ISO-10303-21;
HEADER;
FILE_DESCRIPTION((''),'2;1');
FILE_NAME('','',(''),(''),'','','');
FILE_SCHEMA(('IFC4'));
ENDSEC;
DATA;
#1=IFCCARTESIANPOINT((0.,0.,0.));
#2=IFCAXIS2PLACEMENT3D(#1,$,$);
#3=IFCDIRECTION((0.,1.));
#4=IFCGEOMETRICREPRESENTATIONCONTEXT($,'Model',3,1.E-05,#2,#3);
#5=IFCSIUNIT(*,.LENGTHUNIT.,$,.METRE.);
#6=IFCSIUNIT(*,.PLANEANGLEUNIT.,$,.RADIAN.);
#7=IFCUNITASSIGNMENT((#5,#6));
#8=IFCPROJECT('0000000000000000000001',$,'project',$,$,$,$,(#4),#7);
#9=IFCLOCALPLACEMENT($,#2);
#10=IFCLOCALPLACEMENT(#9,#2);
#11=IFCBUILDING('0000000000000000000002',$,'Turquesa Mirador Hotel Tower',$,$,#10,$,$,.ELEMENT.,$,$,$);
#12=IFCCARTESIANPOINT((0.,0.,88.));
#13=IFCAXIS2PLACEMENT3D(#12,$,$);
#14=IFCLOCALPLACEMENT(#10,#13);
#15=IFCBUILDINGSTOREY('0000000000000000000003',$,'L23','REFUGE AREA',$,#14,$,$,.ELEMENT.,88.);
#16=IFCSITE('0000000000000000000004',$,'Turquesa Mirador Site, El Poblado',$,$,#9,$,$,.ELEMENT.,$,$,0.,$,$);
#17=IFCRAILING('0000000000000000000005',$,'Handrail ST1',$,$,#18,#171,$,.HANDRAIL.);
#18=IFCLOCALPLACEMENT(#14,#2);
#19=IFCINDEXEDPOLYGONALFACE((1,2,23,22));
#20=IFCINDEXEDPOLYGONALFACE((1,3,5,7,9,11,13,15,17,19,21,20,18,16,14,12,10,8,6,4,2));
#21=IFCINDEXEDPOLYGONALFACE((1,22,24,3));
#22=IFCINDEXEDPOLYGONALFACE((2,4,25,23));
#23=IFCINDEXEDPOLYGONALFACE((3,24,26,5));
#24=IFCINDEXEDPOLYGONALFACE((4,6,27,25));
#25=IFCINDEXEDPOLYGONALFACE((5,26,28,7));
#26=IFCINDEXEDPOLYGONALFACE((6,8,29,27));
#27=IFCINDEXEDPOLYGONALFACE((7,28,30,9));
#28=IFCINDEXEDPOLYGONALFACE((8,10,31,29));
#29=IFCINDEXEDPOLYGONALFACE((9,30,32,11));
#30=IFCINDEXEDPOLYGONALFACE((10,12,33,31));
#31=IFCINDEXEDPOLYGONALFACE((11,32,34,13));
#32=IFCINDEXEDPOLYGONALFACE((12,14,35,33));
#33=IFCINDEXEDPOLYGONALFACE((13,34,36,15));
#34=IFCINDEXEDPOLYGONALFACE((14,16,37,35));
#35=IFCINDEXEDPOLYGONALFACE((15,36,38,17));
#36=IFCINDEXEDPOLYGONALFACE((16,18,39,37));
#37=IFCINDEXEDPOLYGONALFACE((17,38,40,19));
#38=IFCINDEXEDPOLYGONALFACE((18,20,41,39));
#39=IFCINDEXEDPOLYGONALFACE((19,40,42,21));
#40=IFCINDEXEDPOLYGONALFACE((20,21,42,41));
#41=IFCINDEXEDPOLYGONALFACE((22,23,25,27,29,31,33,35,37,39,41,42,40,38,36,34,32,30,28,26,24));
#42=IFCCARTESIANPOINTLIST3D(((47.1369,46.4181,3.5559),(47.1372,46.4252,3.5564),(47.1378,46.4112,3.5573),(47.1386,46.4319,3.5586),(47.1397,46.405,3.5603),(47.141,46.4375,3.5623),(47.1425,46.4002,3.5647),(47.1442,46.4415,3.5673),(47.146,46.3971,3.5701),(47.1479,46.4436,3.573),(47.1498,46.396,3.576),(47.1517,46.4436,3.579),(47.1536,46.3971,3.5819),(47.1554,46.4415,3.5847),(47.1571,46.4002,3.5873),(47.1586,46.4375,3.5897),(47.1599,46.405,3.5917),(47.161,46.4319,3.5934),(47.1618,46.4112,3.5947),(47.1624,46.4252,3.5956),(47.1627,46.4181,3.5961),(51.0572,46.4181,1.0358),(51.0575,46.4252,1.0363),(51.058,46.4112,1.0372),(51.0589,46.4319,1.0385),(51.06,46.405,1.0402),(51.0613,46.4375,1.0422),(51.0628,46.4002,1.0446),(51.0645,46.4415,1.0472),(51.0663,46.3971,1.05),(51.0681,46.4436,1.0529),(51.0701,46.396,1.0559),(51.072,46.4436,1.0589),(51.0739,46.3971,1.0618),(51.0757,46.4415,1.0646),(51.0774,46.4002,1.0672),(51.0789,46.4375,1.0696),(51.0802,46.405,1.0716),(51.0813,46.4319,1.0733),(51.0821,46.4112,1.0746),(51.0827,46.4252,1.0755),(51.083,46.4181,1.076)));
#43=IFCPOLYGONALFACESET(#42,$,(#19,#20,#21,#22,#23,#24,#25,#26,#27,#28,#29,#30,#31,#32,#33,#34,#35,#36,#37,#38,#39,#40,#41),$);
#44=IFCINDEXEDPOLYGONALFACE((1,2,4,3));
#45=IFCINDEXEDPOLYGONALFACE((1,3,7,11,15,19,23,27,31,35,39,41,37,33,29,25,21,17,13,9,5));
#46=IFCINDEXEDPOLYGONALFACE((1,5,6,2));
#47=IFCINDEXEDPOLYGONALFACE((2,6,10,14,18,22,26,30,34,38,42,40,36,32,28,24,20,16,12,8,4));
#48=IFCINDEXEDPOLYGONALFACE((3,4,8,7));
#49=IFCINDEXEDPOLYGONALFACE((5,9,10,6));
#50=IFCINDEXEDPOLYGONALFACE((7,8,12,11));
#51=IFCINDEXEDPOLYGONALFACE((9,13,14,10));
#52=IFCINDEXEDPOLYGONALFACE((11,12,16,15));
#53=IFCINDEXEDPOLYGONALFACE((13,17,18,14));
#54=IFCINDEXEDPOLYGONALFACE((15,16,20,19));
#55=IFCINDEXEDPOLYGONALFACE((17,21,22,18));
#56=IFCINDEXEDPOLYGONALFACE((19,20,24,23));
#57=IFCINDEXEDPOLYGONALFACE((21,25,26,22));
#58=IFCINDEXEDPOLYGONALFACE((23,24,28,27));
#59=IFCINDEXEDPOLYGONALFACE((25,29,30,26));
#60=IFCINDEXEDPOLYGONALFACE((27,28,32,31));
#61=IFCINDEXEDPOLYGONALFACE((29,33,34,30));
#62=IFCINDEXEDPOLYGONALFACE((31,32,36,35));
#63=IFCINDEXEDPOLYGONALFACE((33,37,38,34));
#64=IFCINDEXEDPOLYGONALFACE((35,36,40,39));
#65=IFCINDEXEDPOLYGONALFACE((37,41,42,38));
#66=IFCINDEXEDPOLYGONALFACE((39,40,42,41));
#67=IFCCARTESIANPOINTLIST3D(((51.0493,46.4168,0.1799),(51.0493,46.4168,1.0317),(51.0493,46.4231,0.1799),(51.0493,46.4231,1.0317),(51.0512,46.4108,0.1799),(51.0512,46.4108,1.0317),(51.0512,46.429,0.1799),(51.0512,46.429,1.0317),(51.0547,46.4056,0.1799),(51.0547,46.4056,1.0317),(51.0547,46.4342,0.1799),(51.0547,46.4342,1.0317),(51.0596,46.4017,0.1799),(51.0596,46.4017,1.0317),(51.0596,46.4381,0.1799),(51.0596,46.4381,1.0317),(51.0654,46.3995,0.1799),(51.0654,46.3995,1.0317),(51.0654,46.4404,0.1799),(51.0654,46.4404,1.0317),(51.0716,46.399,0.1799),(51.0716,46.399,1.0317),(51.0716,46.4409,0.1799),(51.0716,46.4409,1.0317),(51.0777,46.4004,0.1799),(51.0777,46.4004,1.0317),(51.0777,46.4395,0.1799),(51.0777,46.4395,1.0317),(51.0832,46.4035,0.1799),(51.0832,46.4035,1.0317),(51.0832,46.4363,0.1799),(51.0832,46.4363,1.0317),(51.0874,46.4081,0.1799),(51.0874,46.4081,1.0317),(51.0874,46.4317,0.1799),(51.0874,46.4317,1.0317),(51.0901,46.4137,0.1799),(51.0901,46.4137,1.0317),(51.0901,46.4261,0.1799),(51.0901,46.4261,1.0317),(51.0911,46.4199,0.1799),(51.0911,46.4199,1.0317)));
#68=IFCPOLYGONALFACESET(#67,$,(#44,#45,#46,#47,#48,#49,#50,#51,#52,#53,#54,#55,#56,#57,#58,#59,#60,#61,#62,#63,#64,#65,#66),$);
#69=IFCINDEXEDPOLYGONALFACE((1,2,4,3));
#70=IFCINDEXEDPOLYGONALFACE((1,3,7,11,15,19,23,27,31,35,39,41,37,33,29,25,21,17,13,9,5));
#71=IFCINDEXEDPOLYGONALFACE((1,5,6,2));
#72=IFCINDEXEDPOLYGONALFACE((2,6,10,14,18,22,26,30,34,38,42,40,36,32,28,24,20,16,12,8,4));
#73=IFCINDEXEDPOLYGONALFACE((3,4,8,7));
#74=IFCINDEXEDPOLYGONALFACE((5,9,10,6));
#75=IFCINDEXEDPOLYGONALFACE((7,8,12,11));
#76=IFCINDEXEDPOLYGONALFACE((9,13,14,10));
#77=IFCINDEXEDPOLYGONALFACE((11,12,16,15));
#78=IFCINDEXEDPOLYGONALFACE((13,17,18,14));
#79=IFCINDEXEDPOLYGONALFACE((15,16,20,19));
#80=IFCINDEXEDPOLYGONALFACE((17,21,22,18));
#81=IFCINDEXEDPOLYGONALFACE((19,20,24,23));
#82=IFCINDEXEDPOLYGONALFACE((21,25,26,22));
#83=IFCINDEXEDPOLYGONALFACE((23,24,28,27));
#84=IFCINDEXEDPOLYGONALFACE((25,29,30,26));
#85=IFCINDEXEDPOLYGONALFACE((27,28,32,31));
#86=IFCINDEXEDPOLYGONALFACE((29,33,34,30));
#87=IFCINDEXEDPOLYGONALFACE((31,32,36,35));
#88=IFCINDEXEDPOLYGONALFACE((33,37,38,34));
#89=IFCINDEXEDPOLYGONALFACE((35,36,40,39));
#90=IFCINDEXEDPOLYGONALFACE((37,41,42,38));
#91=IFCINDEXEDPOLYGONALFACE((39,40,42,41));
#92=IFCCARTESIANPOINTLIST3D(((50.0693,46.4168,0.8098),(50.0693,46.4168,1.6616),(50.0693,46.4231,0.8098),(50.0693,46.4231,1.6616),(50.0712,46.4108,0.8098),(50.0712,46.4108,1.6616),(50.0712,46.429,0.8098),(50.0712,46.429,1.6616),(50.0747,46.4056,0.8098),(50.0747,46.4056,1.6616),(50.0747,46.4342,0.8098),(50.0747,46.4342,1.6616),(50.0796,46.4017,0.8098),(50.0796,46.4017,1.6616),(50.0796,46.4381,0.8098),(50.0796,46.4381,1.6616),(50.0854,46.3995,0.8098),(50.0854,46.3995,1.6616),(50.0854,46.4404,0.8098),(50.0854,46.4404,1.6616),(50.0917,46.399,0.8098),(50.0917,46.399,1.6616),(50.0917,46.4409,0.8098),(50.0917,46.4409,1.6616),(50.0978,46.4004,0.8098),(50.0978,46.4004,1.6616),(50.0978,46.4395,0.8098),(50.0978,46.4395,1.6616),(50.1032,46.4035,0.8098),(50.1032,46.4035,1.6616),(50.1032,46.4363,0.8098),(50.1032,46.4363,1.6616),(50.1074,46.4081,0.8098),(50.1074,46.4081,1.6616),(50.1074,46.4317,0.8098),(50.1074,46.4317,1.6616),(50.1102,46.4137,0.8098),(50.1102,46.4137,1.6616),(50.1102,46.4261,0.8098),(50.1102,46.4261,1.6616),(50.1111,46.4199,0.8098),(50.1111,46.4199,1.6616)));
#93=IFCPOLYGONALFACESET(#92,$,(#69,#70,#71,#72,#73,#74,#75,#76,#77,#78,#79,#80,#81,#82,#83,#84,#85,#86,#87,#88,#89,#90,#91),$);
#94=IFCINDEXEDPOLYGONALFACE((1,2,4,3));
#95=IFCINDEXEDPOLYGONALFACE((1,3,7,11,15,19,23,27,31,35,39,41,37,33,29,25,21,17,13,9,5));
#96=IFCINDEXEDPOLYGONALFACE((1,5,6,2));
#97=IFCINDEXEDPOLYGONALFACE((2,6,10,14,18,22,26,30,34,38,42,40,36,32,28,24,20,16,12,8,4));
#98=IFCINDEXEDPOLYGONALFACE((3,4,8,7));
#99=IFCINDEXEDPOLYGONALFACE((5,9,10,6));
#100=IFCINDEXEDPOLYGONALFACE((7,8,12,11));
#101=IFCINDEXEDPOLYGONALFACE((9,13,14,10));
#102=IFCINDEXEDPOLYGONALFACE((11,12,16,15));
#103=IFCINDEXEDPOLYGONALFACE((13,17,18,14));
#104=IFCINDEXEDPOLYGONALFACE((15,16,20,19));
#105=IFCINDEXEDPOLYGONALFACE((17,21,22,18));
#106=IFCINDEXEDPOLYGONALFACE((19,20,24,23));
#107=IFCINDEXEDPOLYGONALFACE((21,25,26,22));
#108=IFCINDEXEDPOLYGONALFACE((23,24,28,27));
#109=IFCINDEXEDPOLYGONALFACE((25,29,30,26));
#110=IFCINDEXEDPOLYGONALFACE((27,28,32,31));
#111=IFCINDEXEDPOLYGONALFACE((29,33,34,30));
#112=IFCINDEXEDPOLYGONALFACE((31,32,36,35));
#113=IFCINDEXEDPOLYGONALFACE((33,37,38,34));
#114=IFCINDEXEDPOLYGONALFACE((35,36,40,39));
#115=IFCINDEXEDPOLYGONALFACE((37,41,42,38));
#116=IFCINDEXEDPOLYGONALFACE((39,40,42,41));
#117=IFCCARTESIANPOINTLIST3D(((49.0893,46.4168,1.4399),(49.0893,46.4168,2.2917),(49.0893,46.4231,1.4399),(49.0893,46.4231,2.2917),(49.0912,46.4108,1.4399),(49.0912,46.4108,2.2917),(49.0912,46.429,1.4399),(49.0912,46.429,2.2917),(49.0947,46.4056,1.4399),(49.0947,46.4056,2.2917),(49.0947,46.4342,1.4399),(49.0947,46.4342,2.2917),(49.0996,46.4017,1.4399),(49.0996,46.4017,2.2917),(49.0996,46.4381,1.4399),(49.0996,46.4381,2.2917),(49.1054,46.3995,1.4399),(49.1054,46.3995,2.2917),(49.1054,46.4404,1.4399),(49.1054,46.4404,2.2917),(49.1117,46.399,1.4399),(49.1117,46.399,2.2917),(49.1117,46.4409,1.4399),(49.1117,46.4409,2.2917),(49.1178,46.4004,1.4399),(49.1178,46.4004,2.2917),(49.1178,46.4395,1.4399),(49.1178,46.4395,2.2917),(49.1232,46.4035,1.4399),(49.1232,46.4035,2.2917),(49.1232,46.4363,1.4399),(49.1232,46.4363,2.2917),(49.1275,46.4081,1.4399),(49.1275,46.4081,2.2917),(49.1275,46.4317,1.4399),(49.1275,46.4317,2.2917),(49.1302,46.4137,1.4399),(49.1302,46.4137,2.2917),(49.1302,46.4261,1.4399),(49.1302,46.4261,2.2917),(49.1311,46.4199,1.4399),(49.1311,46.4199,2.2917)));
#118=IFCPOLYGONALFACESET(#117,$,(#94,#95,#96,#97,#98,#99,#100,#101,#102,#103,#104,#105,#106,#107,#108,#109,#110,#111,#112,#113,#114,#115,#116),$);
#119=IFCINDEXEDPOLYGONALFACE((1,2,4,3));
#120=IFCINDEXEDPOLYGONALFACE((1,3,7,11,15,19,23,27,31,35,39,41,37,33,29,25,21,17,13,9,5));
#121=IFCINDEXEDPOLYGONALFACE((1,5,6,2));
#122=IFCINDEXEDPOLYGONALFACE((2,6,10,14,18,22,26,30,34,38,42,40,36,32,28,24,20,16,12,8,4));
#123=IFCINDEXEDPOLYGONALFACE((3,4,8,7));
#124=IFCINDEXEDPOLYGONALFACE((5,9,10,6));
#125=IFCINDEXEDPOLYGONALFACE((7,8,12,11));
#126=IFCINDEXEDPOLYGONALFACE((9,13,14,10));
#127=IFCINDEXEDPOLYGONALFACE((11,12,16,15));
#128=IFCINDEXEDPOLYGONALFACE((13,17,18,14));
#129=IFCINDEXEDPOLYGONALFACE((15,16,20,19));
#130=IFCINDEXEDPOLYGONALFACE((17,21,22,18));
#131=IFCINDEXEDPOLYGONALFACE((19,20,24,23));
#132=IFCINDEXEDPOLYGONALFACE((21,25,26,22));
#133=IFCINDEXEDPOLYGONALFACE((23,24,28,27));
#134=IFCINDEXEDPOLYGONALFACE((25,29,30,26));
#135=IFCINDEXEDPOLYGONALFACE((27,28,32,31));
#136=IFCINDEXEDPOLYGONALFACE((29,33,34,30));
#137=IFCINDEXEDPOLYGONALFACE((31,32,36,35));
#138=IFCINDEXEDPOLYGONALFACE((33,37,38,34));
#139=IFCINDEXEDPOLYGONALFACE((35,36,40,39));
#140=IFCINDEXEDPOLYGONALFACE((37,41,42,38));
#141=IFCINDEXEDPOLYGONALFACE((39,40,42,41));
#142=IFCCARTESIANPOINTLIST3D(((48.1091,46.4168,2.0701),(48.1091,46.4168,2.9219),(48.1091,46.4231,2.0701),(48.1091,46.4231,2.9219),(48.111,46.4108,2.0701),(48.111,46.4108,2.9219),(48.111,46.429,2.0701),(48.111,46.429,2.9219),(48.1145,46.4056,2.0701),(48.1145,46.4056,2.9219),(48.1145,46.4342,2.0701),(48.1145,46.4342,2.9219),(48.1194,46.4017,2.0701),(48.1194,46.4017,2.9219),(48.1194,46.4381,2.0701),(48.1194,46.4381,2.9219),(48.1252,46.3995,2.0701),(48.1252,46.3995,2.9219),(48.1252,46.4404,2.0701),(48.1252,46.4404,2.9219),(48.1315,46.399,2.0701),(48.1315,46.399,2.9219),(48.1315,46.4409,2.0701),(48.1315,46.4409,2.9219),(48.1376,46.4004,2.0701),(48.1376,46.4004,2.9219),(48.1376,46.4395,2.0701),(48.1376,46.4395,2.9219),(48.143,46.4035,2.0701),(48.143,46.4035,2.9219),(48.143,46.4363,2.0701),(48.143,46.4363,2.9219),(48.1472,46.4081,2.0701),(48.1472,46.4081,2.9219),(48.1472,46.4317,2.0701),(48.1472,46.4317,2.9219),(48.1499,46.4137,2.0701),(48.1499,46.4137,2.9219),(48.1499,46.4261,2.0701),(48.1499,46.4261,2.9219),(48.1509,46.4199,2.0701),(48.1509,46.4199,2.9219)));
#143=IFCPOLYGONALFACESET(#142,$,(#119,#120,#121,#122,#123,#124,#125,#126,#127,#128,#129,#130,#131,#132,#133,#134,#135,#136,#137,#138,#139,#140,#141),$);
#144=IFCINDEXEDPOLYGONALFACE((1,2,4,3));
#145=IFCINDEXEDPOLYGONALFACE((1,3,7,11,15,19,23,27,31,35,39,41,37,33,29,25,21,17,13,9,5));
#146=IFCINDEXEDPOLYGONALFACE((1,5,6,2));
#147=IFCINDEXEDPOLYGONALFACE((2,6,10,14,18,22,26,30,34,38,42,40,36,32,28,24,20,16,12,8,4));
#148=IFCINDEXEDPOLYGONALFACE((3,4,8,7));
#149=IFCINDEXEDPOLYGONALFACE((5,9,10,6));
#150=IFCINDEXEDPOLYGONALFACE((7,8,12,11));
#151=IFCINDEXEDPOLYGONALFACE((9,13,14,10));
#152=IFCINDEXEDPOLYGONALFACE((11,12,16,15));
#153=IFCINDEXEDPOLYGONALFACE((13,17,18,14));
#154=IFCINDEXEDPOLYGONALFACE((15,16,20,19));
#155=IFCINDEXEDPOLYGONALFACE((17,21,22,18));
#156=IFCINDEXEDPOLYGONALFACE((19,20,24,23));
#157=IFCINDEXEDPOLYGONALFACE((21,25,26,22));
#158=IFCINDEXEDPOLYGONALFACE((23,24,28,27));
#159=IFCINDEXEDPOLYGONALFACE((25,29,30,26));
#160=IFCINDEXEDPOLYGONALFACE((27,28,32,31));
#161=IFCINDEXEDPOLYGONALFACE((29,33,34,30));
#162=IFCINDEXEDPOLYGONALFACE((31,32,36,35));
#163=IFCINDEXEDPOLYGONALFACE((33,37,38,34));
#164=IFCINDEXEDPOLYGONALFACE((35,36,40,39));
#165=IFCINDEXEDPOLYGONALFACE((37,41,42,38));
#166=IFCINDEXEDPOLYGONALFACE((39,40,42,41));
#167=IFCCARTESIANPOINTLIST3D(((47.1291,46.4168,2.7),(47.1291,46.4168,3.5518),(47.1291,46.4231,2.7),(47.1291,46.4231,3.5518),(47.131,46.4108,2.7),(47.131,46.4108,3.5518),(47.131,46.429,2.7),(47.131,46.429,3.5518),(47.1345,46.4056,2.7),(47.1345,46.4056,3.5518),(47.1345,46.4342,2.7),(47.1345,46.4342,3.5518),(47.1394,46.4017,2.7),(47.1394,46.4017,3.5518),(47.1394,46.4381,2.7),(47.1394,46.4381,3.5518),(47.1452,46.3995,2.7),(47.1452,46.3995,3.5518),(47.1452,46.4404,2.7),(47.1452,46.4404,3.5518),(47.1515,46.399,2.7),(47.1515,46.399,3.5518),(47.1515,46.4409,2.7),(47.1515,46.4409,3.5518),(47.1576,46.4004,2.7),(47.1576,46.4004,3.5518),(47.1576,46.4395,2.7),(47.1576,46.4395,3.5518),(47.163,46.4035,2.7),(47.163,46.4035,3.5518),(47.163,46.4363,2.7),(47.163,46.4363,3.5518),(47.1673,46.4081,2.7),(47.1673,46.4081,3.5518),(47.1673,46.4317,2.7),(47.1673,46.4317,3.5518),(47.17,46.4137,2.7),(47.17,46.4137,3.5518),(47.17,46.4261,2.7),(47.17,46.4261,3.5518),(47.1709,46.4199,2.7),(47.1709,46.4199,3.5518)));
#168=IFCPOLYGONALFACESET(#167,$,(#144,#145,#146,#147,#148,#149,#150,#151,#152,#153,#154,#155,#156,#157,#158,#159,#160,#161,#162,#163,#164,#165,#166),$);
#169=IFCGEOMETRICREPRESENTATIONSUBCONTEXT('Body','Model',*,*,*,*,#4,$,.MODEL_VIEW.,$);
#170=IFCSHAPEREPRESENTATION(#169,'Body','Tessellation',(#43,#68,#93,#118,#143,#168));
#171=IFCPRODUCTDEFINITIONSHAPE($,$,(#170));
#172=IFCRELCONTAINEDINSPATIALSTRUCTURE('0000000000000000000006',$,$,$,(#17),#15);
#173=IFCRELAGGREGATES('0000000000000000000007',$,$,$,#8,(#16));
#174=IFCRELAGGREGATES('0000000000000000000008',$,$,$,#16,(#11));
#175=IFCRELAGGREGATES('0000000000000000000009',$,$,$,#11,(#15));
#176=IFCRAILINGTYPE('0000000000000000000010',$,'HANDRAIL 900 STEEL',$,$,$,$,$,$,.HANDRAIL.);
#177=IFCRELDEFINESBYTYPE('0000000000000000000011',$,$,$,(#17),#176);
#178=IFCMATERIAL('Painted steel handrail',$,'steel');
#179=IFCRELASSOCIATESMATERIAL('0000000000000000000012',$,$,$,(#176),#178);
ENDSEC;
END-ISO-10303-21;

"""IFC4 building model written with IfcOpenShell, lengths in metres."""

from ifc_helpers import new_model, si_unit, direction, frame, origin, origin_2d, place, context, subcontext, project, spatial, circle, extrude, material, type_object, element, save


model = new_model("IFC4")

# Units and contexts
model_context = context("Model", 3, precision=1e-05, world=origin(), true_north=direction((0.0, 1.0)))
body_context = subcontext(model_context, "Body", "Model", "MODEL_VIEW")
ifc_project = project(units=[si_unit("LENGTHUNIT", "METRE"), si_unit("PLANEANGLEUNIT", "RADIAN")], contexts=[model_context])

# Site, building, storey
site_placement = place(None, origin())
site = spatial("IfcSite", under=ifc_project, at=site_placement, Name="Turquesa Mirador Site, El Poblado", CompositionType="ELEMENT", RefElevation=0.0)
building_placement = place(site_placement, origin())
building = spatial("IfcBuilding", under=site, at=building_placement, Name="Turquesa Mirador Hotel Tower", CompositionType="ELEMENT")
storey_placement = place(building_placement, frame((0.0, 0.0, 88.0)))
storey = spatial("IfcBuildingStorey", under=building, at=storey_placement, Name="L23", Description="REFUGE AREA", CompositionType="ELEMENT", Elevation=88.0)

# Railing
ifc_material_1 = material(Name="Painted steel handrail", Category="steel")
railing_type = type_object("IfcRailingType", Name="HANDRAIL 900 STEEL", PredefinedType="HANDRAIL", material=ifc_material_1)
for number, where, name in (
    (1, (51.0701, 46.4199, 0.1799), "Handrail ST1"),
):
    element("IfcRailing", number, at=place(storey_placement, frame(where)), inside=storey, type_object=railing_type, Name=name, PredefinedType="HANDRAIL", context=body_context, shape_type="SweptSolid", body=[
        extrude(circle(Radius=0.0239, at=origin_2d()), frame((0.0, 0.0, 0.876), z_axis=(-0.841187, 0.0, 0.540744), x_axis=(0.0, -1.0, 0.0)), (0.0, 0.0, 1.0), 4.6604),
        extrude(circle(Radius=0.021, at=origin_2d()), origin(), (0.0, 0.0, 1.0), 0.8518),
        extrude(circle(Radius=0.021, at=origin_2d()), frame((-0.98, 0.0, 0.6299)), (0.0, 0.0, 1.0), 0.8518),
        extrude(circle(Radius=0.021, at=origin_2d()), frame((-1.96, 0.0, 1.26)), (0.0, 0.0, 1.0), 0.8518),
        extrude(circle(Radius=0.021, at=origin_2d()), frame((-2.9402, 0.0, 1.8901)), (0.0, 0.0, 1.0), 0.8518),
        extrude(circle(Radius=0.021, at=origin_2d()), frame((-3.9202, 0.0, 2.52)), (0.0, 0.0, 1.0), 0.8518),
    ])

save(model, "model.ifc")
